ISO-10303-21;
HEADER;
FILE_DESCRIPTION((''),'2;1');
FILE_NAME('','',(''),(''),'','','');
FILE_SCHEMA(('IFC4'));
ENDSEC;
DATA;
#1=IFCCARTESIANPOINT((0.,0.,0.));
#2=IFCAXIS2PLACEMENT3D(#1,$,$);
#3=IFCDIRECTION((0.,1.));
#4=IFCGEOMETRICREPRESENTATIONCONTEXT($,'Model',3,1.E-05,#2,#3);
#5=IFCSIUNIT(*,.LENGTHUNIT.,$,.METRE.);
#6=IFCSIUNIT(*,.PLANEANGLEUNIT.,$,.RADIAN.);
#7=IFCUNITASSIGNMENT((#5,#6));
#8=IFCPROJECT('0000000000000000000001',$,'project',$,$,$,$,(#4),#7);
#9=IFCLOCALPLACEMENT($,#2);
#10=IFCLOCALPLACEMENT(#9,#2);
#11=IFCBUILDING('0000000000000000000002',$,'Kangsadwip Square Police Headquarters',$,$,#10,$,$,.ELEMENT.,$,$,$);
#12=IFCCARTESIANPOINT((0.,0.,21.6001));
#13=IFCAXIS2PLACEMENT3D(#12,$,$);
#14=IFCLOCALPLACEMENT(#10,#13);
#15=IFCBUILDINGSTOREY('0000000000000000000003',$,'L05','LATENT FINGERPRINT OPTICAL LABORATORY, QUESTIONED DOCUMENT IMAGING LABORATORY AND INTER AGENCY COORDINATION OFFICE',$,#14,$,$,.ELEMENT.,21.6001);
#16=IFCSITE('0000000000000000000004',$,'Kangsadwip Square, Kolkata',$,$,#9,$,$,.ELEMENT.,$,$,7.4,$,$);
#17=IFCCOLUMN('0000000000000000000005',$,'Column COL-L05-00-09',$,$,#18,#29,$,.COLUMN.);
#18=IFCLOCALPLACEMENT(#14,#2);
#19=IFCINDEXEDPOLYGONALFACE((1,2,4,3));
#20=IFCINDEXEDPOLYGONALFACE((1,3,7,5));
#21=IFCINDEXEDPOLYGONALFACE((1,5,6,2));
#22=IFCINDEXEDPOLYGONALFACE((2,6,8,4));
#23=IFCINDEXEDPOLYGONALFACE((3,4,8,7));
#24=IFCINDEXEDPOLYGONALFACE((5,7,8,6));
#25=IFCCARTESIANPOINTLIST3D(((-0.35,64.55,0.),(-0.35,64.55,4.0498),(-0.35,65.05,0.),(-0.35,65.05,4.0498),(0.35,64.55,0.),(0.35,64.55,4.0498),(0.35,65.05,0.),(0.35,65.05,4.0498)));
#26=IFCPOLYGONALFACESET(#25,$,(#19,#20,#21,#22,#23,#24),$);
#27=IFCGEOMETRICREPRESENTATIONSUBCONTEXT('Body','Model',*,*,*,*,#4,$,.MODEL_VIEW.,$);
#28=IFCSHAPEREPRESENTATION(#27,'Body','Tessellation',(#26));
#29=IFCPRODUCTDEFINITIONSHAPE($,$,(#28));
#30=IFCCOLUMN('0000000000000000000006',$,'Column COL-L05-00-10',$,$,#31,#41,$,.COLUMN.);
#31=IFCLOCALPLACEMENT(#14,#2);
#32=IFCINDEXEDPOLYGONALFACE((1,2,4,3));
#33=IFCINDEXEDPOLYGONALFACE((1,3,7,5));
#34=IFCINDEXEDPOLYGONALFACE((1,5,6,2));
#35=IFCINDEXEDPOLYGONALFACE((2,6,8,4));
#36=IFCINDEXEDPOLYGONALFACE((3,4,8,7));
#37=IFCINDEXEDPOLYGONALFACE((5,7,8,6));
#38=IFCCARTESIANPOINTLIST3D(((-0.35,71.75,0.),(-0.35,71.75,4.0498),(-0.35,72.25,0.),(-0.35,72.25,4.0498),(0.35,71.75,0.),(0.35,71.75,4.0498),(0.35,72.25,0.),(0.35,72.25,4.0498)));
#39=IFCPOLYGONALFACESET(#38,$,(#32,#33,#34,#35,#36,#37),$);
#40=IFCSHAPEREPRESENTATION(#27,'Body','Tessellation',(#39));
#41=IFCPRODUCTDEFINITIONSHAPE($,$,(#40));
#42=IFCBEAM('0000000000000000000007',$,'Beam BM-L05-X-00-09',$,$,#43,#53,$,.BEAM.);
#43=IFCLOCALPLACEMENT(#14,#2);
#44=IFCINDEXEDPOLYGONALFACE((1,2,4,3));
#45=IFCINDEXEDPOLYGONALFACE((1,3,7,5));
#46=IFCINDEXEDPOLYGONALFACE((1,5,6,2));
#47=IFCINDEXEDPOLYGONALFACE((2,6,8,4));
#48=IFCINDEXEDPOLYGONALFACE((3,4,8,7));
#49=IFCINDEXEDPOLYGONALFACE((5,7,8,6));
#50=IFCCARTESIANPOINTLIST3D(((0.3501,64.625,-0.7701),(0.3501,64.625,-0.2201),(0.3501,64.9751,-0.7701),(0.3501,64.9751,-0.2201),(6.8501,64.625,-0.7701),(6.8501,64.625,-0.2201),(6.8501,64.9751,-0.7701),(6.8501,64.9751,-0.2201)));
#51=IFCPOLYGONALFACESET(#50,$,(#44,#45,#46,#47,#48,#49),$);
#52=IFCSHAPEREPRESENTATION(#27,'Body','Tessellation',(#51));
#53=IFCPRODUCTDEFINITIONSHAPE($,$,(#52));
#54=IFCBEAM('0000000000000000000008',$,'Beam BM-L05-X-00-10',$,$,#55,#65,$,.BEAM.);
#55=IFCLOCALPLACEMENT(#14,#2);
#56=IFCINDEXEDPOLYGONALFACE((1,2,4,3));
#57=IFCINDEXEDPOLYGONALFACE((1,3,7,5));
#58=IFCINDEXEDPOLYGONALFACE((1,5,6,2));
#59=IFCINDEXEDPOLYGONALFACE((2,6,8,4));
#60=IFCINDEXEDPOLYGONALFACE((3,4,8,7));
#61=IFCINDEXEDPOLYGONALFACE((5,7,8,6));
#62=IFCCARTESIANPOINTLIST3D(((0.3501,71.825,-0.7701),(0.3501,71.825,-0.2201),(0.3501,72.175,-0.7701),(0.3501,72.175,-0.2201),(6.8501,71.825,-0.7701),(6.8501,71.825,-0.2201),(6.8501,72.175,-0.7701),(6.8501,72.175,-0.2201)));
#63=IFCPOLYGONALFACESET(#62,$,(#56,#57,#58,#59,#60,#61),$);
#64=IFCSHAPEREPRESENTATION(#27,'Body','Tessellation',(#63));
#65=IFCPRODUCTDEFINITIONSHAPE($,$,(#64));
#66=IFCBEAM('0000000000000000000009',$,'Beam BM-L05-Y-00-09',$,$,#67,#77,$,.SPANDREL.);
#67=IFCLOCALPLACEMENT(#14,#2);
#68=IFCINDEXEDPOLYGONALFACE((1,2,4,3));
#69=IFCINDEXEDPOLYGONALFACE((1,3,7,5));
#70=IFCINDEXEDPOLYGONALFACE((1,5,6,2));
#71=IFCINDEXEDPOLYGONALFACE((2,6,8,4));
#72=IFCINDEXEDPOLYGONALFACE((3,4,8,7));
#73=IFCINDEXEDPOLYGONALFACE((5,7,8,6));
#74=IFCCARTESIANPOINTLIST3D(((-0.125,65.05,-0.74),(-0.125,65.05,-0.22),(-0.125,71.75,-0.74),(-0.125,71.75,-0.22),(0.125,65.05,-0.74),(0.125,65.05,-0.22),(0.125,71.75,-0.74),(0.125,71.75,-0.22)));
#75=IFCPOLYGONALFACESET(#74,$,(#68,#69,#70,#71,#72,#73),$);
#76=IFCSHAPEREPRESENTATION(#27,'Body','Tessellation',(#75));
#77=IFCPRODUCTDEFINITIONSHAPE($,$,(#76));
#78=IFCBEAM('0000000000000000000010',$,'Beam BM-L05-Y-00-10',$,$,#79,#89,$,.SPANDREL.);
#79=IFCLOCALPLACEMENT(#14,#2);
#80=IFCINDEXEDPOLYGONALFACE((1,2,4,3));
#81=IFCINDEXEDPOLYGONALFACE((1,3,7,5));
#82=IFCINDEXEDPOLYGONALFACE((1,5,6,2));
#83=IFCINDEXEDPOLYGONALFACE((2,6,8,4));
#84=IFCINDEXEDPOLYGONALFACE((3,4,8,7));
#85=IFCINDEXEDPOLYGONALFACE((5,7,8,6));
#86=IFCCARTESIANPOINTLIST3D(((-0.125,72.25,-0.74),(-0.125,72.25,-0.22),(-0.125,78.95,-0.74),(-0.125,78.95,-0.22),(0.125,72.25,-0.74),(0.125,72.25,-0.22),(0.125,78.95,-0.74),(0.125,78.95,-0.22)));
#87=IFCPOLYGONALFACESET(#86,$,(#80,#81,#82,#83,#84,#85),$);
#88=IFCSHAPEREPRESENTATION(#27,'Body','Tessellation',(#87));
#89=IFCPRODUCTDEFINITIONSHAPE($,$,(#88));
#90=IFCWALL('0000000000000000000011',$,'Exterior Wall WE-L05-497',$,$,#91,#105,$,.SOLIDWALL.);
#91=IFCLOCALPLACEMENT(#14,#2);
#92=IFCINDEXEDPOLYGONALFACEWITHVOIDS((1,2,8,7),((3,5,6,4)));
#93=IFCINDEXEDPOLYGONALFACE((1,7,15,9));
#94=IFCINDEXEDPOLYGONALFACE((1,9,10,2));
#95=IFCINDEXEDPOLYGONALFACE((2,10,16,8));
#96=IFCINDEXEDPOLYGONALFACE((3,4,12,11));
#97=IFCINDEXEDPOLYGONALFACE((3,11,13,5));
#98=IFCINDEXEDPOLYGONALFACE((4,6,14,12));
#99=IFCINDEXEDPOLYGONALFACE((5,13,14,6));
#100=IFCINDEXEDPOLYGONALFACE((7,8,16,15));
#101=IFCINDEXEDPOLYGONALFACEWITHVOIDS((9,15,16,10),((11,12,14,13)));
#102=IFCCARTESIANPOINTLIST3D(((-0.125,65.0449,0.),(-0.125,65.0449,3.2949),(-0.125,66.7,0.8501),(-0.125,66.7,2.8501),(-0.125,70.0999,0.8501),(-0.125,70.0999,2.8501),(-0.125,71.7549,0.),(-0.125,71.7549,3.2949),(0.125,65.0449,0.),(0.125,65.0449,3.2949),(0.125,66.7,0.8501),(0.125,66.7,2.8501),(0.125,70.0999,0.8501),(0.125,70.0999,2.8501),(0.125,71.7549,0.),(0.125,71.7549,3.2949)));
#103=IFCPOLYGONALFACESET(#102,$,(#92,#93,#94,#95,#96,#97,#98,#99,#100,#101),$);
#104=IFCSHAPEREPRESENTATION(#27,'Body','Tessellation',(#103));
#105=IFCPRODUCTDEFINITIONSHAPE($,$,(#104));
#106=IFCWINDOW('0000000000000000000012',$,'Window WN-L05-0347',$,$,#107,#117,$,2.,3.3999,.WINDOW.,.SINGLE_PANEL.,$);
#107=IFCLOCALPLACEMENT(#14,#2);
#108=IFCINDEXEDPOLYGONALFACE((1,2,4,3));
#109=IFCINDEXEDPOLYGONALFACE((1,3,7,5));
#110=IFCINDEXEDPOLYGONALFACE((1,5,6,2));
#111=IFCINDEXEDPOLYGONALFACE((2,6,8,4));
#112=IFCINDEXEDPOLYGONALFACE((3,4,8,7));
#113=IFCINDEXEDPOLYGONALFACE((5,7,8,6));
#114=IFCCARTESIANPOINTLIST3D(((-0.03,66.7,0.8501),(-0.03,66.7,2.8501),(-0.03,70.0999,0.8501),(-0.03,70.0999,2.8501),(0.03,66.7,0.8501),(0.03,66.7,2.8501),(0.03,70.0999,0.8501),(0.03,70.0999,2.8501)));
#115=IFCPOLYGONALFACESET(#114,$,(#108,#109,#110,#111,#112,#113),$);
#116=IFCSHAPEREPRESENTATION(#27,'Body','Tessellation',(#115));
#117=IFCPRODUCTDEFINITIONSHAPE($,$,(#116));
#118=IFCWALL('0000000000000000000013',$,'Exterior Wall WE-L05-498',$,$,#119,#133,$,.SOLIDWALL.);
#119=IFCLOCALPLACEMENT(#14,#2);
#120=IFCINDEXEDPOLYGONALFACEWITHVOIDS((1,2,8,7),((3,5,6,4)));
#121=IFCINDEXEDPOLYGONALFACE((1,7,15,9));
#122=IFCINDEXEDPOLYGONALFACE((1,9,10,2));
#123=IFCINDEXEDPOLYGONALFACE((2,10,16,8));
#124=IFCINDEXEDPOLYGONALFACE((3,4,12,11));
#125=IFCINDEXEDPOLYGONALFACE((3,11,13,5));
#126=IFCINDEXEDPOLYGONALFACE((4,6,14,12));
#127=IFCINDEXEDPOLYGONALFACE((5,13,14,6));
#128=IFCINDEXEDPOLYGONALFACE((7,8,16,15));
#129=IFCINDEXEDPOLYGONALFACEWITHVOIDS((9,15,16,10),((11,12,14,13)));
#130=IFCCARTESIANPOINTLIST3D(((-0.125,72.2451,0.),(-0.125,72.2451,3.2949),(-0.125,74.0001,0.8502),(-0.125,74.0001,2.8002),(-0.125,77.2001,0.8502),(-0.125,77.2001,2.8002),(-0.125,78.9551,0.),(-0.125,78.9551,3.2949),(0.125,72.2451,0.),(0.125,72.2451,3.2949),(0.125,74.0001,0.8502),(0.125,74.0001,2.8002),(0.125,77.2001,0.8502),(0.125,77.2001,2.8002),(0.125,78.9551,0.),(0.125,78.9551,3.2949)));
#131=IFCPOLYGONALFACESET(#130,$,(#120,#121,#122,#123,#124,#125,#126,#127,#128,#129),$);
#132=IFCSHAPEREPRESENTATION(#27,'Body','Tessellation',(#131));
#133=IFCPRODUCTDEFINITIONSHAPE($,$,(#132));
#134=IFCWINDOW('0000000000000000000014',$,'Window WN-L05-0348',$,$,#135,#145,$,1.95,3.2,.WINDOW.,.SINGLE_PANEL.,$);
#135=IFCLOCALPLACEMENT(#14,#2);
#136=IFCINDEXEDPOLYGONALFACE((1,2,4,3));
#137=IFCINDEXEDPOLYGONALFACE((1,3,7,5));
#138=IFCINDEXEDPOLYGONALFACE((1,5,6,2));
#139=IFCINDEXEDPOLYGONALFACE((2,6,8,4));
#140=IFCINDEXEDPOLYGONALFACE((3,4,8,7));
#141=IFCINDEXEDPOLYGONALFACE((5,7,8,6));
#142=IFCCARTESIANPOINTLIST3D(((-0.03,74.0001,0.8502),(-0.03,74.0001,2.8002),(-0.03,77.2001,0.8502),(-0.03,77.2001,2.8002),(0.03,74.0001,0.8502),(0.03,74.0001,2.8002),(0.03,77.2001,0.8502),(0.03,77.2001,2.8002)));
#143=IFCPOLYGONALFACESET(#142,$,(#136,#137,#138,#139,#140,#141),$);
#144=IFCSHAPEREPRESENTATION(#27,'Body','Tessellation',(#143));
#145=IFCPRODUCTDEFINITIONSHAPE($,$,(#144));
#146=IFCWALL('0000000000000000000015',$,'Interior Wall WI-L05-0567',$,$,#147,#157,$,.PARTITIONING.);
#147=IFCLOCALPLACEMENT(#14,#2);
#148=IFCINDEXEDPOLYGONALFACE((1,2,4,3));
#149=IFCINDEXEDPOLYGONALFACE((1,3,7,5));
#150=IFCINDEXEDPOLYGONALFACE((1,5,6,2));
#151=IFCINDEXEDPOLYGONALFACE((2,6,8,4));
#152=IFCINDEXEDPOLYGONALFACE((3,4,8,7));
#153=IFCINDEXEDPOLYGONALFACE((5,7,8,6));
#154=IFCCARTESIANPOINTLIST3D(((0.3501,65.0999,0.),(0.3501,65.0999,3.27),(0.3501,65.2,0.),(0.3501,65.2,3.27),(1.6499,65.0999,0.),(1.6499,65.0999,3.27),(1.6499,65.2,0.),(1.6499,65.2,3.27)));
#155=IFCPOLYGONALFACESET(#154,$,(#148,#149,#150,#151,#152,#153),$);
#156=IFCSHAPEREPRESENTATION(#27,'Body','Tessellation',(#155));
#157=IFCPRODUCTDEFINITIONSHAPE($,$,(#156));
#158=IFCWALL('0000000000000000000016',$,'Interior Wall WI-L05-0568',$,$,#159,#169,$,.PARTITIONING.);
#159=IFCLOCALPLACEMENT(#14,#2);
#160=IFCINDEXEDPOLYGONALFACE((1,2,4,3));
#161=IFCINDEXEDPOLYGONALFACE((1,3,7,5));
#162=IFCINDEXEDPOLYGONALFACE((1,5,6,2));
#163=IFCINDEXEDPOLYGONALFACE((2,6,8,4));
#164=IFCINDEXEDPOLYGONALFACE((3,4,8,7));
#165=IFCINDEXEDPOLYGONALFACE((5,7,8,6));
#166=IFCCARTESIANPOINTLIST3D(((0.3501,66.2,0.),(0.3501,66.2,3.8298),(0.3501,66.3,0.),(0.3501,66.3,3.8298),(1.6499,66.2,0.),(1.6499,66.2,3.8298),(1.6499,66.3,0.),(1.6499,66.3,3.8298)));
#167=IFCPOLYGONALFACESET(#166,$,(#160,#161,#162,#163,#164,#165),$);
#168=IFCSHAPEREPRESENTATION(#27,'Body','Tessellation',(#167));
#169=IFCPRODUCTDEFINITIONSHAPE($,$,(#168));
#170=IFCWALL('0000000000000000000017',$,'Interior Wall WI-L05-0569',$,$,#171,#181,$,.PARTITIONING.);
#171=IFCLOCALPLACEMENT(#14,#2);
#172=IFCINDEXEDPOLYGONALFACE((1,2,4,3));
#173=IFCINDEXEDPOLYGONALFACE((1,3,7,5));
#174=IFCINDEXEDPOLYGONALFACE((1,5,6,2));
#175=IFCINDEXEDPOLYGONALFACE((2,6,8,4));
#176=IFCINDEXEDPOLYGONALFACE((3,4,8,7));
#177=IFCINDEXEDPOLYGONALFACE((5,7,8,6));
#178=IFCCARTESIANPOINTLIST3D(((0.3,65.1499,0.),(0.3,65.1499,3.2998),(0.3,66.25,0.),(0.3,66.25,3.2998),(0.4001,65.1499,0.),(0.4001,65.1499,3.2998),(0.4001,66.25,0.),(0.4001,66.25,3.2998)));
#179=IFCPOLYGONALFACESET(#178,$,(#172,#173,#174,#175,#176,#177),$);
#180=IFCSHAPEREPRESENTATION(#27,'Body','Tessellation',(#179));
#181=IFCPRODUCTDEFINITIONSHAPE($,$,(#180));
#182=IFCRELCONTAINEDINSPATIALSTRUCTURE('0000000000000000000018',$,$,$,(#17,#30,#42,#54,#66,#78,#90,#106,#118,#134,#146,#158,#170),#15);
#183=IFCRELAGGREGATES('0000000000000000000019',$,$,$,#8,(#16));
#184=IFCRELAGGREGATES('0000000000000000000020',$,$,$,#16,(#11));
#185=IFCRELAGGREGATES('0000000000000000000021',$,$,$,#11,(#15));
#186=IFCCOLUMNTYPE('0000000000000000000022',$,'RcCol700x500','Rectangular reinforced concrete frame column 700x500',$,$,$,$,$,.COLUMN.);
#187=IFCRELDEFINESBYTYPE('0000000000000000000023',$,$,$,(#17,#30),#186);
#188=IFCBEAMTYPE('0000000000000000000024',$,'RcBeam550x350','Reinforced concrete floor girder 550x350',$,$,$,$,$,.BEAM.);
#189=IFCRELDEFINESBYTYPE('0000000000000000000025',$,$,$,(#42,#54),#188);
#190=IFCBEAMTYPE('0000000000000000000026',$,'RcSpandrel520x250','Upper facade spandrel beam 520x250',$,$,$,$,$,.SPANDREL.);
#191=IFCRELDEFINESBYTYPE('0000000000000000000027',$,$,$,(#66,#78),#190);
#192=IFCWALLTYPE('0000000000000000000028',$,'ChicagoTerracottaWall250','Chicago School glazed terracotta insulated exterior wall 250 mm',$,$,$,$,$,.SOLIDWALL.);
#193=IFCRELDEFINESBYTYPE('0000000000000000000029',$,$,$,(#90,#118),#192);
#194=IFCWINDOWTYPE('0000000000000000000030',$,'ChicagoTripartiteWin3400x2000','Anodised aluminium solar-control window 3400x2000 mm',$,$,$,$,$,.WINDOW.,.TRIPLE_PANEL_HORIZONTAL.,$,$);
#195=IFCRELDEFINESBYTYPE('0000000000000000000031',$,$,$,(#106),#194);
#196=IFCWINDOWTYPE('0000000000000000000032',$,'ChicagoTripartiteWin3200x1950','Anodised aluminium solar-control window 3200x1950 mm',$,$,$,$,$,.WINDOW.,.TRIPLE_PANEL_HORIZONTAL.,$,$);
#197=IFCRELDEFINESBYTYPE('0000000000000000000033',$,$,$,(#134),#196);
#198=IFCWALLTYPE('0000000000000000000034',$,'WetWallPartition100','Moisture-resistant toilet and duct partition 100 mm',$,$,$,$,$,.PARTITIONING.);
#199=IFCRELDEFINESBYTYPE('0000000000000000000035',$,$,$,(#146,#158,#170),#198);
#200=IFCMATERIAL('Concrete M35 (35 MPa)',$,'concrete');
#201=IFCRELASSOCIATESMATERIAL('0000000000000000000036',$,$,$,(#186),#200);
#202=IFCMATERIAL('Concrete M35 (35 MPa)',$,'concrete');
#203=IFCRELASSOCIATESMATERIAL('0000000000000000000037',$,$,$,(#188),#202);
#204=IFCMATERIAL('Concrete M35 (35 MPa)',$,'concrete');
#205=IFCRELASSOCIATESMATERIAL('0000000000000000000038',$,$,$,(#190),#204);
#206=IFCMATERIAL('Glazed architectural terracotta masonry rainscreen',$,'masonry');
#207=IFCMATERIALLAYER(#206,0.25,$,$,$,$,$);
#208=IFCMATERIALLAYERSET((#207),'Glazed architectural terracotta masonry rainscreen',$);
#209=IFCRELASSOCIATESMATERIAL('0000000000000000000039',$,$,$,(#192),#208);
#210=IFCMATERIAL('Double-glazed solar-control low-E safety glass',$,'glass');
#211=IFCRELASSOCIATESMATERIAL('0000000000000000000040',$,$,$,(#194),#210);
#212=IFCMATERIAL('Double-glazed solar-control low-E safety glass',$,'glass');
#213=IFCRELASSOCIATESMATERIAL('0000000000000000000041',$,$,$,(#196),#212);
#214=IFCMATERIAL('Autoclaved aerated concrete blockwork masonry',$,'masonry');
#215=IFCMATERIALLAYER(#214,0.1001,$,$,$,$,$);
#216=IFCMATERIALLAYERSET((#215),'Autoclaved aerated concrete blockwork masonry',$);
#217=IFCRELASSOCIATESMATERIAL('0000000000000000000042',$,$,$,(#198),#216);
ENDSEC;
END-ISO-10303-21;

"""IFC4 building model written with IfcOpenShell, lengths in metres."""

from ifc_helpers import new_model, si_unit, direction, frame, frame_2d, origin, origin_2d, place, context, subcontext, project, spatial, rectangle, extrude, material, layer, layer_set, material_profile, profile_set, type_object, element, fill, save


model = new_model("IFC4")

# Units and contexts
model_context = context("Model", 3, precision=1e-05, world=origin(), true_north=direction((0.0, 1.0)))
body_context = subcontext(model_context, "Body", "Model", "MODEL_VIEW")
ifc_project = project(units=[si_unit("LENGTHUNIT", "METRE"), si_unit("PLANEANGLEUNIT", "RADIAN")], contexts=[model_context])

# Site, building, storey
site_placement = place(None, origin())
site = spatial("IfcSite", under=ifc_project, at=site_placement, Name="Kangsadwip Square, Kolkata", CompositionType="ELEMENT", RefElevation=7.4)
building_placement = place(site_placement, origin())
building = spatial("IfcBuilding", under=site, at=building_placement, Name="Kangsadwip Square Police Headquarters", CompositionType="ELEMENT")
storey_placement = place(building_placement, frame((0.0, 0.0, 21.6001)))
storey = spatial("IfcBuildingStorey", under=building, at=storey_placement, Name="L05", Description="LATENT FINGERPRINT OPTICAL LABORATORY, QUESTIONED DOCUMENT IMAGING LABORATORY AND INTER AGENCY COORDINATION OFFICE", CompositionType="ELEMENT", Elevation=21.6001)

# Columns
ifc_material_1 = material(Name="Concrete M35 (35 MPa)", Category="concrete")
ifc_material_profile_1 = material_profile(ifc_material_1, rectangle(XDim=0.5, YDim=0.7, at=origin_2d()), Name="RC COL 700X500")
ifc_profile_set_1 = profile_set([ifc_material_profile_1], Name="Concrete M35 (35 MPa)")
column_type = type_object("IfcColumnType", Name="RcCol700x500", Description="Rectangular reinforced concrete frame column 700x500", PredefinedType="COLUMN", material=ifc_profile_set_1)
for number, where, z_axis, x_axis, name in (
    (1, (0.0, 64.8, 0.0), (0.0, 0.0, 1.0), (0.0, 1.0, 0.0), "Column COL-L05-00-09"),
    (2, (0.0, 72.0, 0.0), (0.0, 0.0, 1.0), (0.0, 1.0, 0.0), "Column COL-L05-00-10"),
):
    element("IfcColumn", number, at=place(storey_placement, frame(where, z_axis=z_axis, x_axis=x_axis)), inside=storey, type_object=column_type, Name=name, PredefinedType="COLUMN", context=body_context, shape_type="SweptSolid", body=[
        extrude(rectangle(XDim=0.5, YDim=0.7, at=origin_2d()), origin(), (0.0, 0.0, 1.0), 4.0498),
    ])

# Beams
ifc_material_2 = material(Name="Concrete M35 (35 MPa)", Category="concrete")
ifc_material_profile_2 = material_profile(ifc_material_2, rectangle(XDim=0.3501, YDim=0.55, at=origin_2d()), Name="RC BM 550X350")
ifc_profile_set_2 = profile_set([ifc_material_profile_2], Name="Concrete M35 (35 MPa)")
beam_type_1 = type_object("IfcBeamType", Name="RcBeam550x350", Description="Reinforced concrete floor girder 550x350", PredefinedType="BEAM", material=ifc_profile_set_2)
for number, where, z_axis, x_axis, name in (
    (3, (0.3501, 64.8, -0.4951), (1.0, 0.0, 0.0), (0.0, 1.0, 0.0), "Beam BM-L05-X-00-09"),
    (4, (0.3501, 72.0, -0.4951), (1.0, 0.0, 0.0), (0.0, 1.0, 0.0), "Beam BM-L05-X-00-10"),
):
    element("IfcBeam", number, at=place(storey_placement, frame(where, z_axis=z_axis, x_axis=x_axis)), inside=storey, type_object=beam_type_1, Name=name, PredefinedType="BEAM", context=body_context, shape_type="SweptSolid", body=[
        extrude(rectangle(XDim=0.3501, YDim=0.55, at=origin_2d()), origin(), (0.0, 0.0, 1.0), 6.5),
    ])
ifc_material_3 = material(Name="Concrete M35 (35 MPa)", Category="concrete")
ifc_material_profile_3 = material_profile(ifc_material_3, rectangle(XDim=0.25, YDim=0.52, at=origin_2d()), Name="RC SPN 520X250")
ifc_profile_set_3 = profile_set([ifc_material_profile_3], Name="Concrete M35 (35 MPa)")
beam_type_2 = type_object("IfcBeamType", Name="RcSpandrel520x250", Description="Upper facade spandrel beam 520x250", PredefinedType="SPANDREL", material=ifc_profile_set_3)
for number, where, z_axis, x_axis, name in (
    (5, (0.0, 65.05, -0.48), (0.0, 1.0, 0.0), (-1.0, 0.0, 0.0), "Beam BM-L05-Y-00-09"),
    (6, (0.0, 72.25, -0.48), (0.0, 1.0, 0.0), (-1.0, 0.0, 0.0), "Beam BM-L05-Y-00-10"),
):
    element("IfcBeam", number, at=place(storey_placement, frame(where, z_axis=z_axis, x_axis=x_axis)), inside=storey, type_object=beam_type_2, Name=name, PredefinedType="SPANDREL", context=body_context, shape_type="SweptSolid", body=[
        extrude(rectangle(XDim=0.25, YDim=0.52, at=origin_2d()), origin(), (0.0, 0.0, 1.0), 6.7),
    ])

# Walls, openings, windows
ifc_material_4 = material(Name="Glazed architectural terracotta masonry rainscreen", Category="masonry")
ifc_layer_1 = layer(ifc_material_4, 0.25)
ifc_layer_set_1 = layer_set([ifc_layer_1], Name="Glazed architectural terracotta masonry rainscreen")
wall_type_1 = type_object("IfcWallType", Name="ChicagoTerracottaWall250", Description="Chicago School glazed terracotta insulated exterior wall 250 mm", PredefinedType="SOLIDWALL", material=ifc_layer_set_1)
wall_1_placement = place(storey_placement, frame((0.0, 65.0449, 0.0), z_axis=(0.0, 0.0, 1.0), x_axis=(0.0, 1.0, 0.0)))
wall_1 = element("IfcWall", 7, at=wall_1_placement, inside=storey, type_object=wall_type_1, Name="Exterior Wall WE-L05-497", PredefinedType="SOLIDWALL", context=body_context, shape_type="SweptSolid", body=[
    extrude(rectangle(XDim=6.71, YDim=0.25, at=frame_2d((3.355, 0.0))), origin(), (0.0, 0.0, 1.0), 3.2949),
])
opening_1_placement = place(wall_1_placement, frame((1.655, 0.0, 0.8501)))
opening_1 = element("IfcOpeningElement", 8, at=opening_1_placement, cuts=wall_1, PredefinedType="OPENING", context=body_context, shape_type="SweptSolid", body=[
    extrude(rectangle(XDim=3.3999, YDim=2.0, at=frame_2d((1.7, 1.0))), frame((0.0, 0.135, 0.0), z_axis=(0.0, -1.0, 0.0), x_axis=(1.0, 0.0, 0.0)), (0.0, 0.0, 1.0), 0.27),
])
ifc_material_5 = material(Name="Double-glazed solar-control low-E safety glass", Category="glass")
window_type_1 = type_object("IfcWindowType", Name="ChicagoTripartiteWin3400x2000", Description="Anodised aluminium solar-control window 3400x2000 mm", PartitioningType="TRIPLE_PANEL_HORIZONTAL", PredefinedType="WINDOW", material=ifc_material_5)
window_1_placement = place(opening_1_placement, origin())
window_1 = element("IfcWindow", 9, at=window_1_placement, inside=storey, type_object=window_type_1, Name="Window WN-L05-0347", OverallHeight=2.0, OverallWidth=3.3999, PartitioningType="SINGLE_PANEL", PredefinedType="WINDOW", context=body_context, shape_type="SweptSolid", body=[
    extrude(rectangle(XDim=3.3999, YDim=2.0, at=frame_2d((1.7, 1.0))), frame((0.0, 0.03, 0.0), z_axis=(0.0, -1.0, 0.0), x_axis=(1.0, 0.0, 0.0)), (0.0, 0.0, 1.0), 0.0601),
])
fill(opening_1, window_1)
wall_2_placement = place(storey_placement, frame((0.0, 72.2451, 0.0), z_axis=(0.0, 0.0, 1.0), x_axis=(0.0, 1.0, 0.0)))
wall_2 = element("IfcWall", 10, at=wall_2_placement, inside=storey, type_object=wall_type_1, Name="Exterior Wall WE-L05-498", PredefinedType="SOLIDWALL", context=body_context, shape_type="SweptSolid", body=[
    extrude(rectangle(XDim=6.71, YDim=0.25, at=frame_2d((3.355, 0.0))), origin(), (0.0, 0.0, 1.0), 3.2949),
])
opening_2_placement = place(wall_2_placement, frame((1.7549, 0.0, 0.8501)))
opening_2 = element("IfcOpeningElement", 11, at=opening_2_placement, cuts=wall_2, PredefinedType="OPENING", context=body_context, shape_type="SweptSolid", body=[
    extrude(rectangle(XDim=3.2, YDim=1.95, at=frame_2d((1.6001, 0.9751))), frame((0.0, 0.135, 0.0), z_axis=(0.0, -1.0, 0.0), x_axis=(1.0, 0.0, 0.0)), (0.0, 0.0, 1.0), 0.27),
])
ifc_material_6 = material(Name="Double-glazed solar-control low-E safety glass", Category="glass")
window_type_2 = type_object("IfcWindowType", Name="ChicagoTripartiteWin3200x1950", Description="Anodised aluminium solar-control window 3200x1950 mm", PartitioningType="TRIPLE_PANEL_HORIZONTAL", PredefinedType="WINDOW", material=ifc_material_6)
window_2_placement = place(opening_2_placement, origin())
window_2 = element("IfcWindow", 12, at=window_2_placement, inside=storey, type_object=window_type_2, Name="Window WN-L05-0348", OverallHeight=1.95, OverallWidth=3.2, PartitioningType="SINGLE_PANEL", PredefinedType="WINDOW", context=body_context, shape_type="SweptSolid", body=[
    extrude(rectangle(XDim=3.2, YDim=1.95, at=frame_2d((1.6001, 0.9751))), frame((0.0, 0.03, 0.0), z_axis=(0.0, -1.0, 0.0), x_axis=(1.0, 0.0, 0.0)), (0.0, 0.0, 1.0), 0.0601),
])
fill(opening_2, window_2)

# Walls
ifc_material_7 = material(Name="Autoclaved aerated concrete blockwork masonry", Category="masonry")
ifc_layer_2 = layer(ifc_material_7, 0.1001)
ifc_layer_set_2 = layer_set([ifc_layer_2], Name="Autoclaved aerated concrete blockwork masonry")
wall_type_2 = type_object("IfcWallType", Name="WetWallPartition100", Description="Moisture-resistant toilet and duct partition 100 mm", PredefinedType="PARTITIONING", material=ifc_layer_set_2)
wall_3_placement = place(storey_placement, frame((0.3501, 65.1499, 0.0), z_axis=(0.0, 0.0, 1.0), x_axis=(1.0, 0.0, 0.0)))
element("IfcWall", 13, at=wall_3_placement, inside=storey, type_object=wall_type_2, Name="Interior Wall WI-L05-0567", PredefinedType="PARTITIONING", context=body_context, shape_type="SweptSolid", body=[
    extrude(rectangle(XDim=1.2998, YDim=0.1001, at=frame_2d((0.6499, 0.0))), origin(), (0.0, 0.0, 1.0), 3.27),
])
wall_4_placement = place(storey_placement, frame((0.3501, 66.25, 0.0), z_axis=(0.0, 0.0, 1.0), x_axis=(1.0, 0.0, 0.0)))
element("IfcWall", 14, at=wall_4_placement, inside=storey, type_object=wall_type_2, Name="Interior Wall WI-L05-0568", PredefinedType="PARTITIONING", context=body_context, shape_type="SweptSolid", body=[
    extrude(rectangle(XDim=1.2998, YDim=0.1001, at=frame_2d((0.6499, 0.0))), origin(), (0.0, 0.0, 1.0), 3.8298),
])
wall_5_placement = place(storey_placement, frame((0.3501, 65.1499, 0.0), z_axis=(0.0, 0.0, 1.0), x_axis=(0.0, 1.0, 0.0)))
element("IfcWall", 15, at=wall_5_placement, inside=storey, type_object=wall_type_2, Name="Interior Wall WI-L05-0569", PredefinedType="PARTITIONING", context=body_context, shape_type="SweptSolid", body=[
    extrude(rectangle(XDim=1.1001, YDim=0.1001, at=frame_2d((0.55, 0.0))), origin(), (0.0, 0.0, 1.0), 3.2998),
])

save(model, "model.ifc")
